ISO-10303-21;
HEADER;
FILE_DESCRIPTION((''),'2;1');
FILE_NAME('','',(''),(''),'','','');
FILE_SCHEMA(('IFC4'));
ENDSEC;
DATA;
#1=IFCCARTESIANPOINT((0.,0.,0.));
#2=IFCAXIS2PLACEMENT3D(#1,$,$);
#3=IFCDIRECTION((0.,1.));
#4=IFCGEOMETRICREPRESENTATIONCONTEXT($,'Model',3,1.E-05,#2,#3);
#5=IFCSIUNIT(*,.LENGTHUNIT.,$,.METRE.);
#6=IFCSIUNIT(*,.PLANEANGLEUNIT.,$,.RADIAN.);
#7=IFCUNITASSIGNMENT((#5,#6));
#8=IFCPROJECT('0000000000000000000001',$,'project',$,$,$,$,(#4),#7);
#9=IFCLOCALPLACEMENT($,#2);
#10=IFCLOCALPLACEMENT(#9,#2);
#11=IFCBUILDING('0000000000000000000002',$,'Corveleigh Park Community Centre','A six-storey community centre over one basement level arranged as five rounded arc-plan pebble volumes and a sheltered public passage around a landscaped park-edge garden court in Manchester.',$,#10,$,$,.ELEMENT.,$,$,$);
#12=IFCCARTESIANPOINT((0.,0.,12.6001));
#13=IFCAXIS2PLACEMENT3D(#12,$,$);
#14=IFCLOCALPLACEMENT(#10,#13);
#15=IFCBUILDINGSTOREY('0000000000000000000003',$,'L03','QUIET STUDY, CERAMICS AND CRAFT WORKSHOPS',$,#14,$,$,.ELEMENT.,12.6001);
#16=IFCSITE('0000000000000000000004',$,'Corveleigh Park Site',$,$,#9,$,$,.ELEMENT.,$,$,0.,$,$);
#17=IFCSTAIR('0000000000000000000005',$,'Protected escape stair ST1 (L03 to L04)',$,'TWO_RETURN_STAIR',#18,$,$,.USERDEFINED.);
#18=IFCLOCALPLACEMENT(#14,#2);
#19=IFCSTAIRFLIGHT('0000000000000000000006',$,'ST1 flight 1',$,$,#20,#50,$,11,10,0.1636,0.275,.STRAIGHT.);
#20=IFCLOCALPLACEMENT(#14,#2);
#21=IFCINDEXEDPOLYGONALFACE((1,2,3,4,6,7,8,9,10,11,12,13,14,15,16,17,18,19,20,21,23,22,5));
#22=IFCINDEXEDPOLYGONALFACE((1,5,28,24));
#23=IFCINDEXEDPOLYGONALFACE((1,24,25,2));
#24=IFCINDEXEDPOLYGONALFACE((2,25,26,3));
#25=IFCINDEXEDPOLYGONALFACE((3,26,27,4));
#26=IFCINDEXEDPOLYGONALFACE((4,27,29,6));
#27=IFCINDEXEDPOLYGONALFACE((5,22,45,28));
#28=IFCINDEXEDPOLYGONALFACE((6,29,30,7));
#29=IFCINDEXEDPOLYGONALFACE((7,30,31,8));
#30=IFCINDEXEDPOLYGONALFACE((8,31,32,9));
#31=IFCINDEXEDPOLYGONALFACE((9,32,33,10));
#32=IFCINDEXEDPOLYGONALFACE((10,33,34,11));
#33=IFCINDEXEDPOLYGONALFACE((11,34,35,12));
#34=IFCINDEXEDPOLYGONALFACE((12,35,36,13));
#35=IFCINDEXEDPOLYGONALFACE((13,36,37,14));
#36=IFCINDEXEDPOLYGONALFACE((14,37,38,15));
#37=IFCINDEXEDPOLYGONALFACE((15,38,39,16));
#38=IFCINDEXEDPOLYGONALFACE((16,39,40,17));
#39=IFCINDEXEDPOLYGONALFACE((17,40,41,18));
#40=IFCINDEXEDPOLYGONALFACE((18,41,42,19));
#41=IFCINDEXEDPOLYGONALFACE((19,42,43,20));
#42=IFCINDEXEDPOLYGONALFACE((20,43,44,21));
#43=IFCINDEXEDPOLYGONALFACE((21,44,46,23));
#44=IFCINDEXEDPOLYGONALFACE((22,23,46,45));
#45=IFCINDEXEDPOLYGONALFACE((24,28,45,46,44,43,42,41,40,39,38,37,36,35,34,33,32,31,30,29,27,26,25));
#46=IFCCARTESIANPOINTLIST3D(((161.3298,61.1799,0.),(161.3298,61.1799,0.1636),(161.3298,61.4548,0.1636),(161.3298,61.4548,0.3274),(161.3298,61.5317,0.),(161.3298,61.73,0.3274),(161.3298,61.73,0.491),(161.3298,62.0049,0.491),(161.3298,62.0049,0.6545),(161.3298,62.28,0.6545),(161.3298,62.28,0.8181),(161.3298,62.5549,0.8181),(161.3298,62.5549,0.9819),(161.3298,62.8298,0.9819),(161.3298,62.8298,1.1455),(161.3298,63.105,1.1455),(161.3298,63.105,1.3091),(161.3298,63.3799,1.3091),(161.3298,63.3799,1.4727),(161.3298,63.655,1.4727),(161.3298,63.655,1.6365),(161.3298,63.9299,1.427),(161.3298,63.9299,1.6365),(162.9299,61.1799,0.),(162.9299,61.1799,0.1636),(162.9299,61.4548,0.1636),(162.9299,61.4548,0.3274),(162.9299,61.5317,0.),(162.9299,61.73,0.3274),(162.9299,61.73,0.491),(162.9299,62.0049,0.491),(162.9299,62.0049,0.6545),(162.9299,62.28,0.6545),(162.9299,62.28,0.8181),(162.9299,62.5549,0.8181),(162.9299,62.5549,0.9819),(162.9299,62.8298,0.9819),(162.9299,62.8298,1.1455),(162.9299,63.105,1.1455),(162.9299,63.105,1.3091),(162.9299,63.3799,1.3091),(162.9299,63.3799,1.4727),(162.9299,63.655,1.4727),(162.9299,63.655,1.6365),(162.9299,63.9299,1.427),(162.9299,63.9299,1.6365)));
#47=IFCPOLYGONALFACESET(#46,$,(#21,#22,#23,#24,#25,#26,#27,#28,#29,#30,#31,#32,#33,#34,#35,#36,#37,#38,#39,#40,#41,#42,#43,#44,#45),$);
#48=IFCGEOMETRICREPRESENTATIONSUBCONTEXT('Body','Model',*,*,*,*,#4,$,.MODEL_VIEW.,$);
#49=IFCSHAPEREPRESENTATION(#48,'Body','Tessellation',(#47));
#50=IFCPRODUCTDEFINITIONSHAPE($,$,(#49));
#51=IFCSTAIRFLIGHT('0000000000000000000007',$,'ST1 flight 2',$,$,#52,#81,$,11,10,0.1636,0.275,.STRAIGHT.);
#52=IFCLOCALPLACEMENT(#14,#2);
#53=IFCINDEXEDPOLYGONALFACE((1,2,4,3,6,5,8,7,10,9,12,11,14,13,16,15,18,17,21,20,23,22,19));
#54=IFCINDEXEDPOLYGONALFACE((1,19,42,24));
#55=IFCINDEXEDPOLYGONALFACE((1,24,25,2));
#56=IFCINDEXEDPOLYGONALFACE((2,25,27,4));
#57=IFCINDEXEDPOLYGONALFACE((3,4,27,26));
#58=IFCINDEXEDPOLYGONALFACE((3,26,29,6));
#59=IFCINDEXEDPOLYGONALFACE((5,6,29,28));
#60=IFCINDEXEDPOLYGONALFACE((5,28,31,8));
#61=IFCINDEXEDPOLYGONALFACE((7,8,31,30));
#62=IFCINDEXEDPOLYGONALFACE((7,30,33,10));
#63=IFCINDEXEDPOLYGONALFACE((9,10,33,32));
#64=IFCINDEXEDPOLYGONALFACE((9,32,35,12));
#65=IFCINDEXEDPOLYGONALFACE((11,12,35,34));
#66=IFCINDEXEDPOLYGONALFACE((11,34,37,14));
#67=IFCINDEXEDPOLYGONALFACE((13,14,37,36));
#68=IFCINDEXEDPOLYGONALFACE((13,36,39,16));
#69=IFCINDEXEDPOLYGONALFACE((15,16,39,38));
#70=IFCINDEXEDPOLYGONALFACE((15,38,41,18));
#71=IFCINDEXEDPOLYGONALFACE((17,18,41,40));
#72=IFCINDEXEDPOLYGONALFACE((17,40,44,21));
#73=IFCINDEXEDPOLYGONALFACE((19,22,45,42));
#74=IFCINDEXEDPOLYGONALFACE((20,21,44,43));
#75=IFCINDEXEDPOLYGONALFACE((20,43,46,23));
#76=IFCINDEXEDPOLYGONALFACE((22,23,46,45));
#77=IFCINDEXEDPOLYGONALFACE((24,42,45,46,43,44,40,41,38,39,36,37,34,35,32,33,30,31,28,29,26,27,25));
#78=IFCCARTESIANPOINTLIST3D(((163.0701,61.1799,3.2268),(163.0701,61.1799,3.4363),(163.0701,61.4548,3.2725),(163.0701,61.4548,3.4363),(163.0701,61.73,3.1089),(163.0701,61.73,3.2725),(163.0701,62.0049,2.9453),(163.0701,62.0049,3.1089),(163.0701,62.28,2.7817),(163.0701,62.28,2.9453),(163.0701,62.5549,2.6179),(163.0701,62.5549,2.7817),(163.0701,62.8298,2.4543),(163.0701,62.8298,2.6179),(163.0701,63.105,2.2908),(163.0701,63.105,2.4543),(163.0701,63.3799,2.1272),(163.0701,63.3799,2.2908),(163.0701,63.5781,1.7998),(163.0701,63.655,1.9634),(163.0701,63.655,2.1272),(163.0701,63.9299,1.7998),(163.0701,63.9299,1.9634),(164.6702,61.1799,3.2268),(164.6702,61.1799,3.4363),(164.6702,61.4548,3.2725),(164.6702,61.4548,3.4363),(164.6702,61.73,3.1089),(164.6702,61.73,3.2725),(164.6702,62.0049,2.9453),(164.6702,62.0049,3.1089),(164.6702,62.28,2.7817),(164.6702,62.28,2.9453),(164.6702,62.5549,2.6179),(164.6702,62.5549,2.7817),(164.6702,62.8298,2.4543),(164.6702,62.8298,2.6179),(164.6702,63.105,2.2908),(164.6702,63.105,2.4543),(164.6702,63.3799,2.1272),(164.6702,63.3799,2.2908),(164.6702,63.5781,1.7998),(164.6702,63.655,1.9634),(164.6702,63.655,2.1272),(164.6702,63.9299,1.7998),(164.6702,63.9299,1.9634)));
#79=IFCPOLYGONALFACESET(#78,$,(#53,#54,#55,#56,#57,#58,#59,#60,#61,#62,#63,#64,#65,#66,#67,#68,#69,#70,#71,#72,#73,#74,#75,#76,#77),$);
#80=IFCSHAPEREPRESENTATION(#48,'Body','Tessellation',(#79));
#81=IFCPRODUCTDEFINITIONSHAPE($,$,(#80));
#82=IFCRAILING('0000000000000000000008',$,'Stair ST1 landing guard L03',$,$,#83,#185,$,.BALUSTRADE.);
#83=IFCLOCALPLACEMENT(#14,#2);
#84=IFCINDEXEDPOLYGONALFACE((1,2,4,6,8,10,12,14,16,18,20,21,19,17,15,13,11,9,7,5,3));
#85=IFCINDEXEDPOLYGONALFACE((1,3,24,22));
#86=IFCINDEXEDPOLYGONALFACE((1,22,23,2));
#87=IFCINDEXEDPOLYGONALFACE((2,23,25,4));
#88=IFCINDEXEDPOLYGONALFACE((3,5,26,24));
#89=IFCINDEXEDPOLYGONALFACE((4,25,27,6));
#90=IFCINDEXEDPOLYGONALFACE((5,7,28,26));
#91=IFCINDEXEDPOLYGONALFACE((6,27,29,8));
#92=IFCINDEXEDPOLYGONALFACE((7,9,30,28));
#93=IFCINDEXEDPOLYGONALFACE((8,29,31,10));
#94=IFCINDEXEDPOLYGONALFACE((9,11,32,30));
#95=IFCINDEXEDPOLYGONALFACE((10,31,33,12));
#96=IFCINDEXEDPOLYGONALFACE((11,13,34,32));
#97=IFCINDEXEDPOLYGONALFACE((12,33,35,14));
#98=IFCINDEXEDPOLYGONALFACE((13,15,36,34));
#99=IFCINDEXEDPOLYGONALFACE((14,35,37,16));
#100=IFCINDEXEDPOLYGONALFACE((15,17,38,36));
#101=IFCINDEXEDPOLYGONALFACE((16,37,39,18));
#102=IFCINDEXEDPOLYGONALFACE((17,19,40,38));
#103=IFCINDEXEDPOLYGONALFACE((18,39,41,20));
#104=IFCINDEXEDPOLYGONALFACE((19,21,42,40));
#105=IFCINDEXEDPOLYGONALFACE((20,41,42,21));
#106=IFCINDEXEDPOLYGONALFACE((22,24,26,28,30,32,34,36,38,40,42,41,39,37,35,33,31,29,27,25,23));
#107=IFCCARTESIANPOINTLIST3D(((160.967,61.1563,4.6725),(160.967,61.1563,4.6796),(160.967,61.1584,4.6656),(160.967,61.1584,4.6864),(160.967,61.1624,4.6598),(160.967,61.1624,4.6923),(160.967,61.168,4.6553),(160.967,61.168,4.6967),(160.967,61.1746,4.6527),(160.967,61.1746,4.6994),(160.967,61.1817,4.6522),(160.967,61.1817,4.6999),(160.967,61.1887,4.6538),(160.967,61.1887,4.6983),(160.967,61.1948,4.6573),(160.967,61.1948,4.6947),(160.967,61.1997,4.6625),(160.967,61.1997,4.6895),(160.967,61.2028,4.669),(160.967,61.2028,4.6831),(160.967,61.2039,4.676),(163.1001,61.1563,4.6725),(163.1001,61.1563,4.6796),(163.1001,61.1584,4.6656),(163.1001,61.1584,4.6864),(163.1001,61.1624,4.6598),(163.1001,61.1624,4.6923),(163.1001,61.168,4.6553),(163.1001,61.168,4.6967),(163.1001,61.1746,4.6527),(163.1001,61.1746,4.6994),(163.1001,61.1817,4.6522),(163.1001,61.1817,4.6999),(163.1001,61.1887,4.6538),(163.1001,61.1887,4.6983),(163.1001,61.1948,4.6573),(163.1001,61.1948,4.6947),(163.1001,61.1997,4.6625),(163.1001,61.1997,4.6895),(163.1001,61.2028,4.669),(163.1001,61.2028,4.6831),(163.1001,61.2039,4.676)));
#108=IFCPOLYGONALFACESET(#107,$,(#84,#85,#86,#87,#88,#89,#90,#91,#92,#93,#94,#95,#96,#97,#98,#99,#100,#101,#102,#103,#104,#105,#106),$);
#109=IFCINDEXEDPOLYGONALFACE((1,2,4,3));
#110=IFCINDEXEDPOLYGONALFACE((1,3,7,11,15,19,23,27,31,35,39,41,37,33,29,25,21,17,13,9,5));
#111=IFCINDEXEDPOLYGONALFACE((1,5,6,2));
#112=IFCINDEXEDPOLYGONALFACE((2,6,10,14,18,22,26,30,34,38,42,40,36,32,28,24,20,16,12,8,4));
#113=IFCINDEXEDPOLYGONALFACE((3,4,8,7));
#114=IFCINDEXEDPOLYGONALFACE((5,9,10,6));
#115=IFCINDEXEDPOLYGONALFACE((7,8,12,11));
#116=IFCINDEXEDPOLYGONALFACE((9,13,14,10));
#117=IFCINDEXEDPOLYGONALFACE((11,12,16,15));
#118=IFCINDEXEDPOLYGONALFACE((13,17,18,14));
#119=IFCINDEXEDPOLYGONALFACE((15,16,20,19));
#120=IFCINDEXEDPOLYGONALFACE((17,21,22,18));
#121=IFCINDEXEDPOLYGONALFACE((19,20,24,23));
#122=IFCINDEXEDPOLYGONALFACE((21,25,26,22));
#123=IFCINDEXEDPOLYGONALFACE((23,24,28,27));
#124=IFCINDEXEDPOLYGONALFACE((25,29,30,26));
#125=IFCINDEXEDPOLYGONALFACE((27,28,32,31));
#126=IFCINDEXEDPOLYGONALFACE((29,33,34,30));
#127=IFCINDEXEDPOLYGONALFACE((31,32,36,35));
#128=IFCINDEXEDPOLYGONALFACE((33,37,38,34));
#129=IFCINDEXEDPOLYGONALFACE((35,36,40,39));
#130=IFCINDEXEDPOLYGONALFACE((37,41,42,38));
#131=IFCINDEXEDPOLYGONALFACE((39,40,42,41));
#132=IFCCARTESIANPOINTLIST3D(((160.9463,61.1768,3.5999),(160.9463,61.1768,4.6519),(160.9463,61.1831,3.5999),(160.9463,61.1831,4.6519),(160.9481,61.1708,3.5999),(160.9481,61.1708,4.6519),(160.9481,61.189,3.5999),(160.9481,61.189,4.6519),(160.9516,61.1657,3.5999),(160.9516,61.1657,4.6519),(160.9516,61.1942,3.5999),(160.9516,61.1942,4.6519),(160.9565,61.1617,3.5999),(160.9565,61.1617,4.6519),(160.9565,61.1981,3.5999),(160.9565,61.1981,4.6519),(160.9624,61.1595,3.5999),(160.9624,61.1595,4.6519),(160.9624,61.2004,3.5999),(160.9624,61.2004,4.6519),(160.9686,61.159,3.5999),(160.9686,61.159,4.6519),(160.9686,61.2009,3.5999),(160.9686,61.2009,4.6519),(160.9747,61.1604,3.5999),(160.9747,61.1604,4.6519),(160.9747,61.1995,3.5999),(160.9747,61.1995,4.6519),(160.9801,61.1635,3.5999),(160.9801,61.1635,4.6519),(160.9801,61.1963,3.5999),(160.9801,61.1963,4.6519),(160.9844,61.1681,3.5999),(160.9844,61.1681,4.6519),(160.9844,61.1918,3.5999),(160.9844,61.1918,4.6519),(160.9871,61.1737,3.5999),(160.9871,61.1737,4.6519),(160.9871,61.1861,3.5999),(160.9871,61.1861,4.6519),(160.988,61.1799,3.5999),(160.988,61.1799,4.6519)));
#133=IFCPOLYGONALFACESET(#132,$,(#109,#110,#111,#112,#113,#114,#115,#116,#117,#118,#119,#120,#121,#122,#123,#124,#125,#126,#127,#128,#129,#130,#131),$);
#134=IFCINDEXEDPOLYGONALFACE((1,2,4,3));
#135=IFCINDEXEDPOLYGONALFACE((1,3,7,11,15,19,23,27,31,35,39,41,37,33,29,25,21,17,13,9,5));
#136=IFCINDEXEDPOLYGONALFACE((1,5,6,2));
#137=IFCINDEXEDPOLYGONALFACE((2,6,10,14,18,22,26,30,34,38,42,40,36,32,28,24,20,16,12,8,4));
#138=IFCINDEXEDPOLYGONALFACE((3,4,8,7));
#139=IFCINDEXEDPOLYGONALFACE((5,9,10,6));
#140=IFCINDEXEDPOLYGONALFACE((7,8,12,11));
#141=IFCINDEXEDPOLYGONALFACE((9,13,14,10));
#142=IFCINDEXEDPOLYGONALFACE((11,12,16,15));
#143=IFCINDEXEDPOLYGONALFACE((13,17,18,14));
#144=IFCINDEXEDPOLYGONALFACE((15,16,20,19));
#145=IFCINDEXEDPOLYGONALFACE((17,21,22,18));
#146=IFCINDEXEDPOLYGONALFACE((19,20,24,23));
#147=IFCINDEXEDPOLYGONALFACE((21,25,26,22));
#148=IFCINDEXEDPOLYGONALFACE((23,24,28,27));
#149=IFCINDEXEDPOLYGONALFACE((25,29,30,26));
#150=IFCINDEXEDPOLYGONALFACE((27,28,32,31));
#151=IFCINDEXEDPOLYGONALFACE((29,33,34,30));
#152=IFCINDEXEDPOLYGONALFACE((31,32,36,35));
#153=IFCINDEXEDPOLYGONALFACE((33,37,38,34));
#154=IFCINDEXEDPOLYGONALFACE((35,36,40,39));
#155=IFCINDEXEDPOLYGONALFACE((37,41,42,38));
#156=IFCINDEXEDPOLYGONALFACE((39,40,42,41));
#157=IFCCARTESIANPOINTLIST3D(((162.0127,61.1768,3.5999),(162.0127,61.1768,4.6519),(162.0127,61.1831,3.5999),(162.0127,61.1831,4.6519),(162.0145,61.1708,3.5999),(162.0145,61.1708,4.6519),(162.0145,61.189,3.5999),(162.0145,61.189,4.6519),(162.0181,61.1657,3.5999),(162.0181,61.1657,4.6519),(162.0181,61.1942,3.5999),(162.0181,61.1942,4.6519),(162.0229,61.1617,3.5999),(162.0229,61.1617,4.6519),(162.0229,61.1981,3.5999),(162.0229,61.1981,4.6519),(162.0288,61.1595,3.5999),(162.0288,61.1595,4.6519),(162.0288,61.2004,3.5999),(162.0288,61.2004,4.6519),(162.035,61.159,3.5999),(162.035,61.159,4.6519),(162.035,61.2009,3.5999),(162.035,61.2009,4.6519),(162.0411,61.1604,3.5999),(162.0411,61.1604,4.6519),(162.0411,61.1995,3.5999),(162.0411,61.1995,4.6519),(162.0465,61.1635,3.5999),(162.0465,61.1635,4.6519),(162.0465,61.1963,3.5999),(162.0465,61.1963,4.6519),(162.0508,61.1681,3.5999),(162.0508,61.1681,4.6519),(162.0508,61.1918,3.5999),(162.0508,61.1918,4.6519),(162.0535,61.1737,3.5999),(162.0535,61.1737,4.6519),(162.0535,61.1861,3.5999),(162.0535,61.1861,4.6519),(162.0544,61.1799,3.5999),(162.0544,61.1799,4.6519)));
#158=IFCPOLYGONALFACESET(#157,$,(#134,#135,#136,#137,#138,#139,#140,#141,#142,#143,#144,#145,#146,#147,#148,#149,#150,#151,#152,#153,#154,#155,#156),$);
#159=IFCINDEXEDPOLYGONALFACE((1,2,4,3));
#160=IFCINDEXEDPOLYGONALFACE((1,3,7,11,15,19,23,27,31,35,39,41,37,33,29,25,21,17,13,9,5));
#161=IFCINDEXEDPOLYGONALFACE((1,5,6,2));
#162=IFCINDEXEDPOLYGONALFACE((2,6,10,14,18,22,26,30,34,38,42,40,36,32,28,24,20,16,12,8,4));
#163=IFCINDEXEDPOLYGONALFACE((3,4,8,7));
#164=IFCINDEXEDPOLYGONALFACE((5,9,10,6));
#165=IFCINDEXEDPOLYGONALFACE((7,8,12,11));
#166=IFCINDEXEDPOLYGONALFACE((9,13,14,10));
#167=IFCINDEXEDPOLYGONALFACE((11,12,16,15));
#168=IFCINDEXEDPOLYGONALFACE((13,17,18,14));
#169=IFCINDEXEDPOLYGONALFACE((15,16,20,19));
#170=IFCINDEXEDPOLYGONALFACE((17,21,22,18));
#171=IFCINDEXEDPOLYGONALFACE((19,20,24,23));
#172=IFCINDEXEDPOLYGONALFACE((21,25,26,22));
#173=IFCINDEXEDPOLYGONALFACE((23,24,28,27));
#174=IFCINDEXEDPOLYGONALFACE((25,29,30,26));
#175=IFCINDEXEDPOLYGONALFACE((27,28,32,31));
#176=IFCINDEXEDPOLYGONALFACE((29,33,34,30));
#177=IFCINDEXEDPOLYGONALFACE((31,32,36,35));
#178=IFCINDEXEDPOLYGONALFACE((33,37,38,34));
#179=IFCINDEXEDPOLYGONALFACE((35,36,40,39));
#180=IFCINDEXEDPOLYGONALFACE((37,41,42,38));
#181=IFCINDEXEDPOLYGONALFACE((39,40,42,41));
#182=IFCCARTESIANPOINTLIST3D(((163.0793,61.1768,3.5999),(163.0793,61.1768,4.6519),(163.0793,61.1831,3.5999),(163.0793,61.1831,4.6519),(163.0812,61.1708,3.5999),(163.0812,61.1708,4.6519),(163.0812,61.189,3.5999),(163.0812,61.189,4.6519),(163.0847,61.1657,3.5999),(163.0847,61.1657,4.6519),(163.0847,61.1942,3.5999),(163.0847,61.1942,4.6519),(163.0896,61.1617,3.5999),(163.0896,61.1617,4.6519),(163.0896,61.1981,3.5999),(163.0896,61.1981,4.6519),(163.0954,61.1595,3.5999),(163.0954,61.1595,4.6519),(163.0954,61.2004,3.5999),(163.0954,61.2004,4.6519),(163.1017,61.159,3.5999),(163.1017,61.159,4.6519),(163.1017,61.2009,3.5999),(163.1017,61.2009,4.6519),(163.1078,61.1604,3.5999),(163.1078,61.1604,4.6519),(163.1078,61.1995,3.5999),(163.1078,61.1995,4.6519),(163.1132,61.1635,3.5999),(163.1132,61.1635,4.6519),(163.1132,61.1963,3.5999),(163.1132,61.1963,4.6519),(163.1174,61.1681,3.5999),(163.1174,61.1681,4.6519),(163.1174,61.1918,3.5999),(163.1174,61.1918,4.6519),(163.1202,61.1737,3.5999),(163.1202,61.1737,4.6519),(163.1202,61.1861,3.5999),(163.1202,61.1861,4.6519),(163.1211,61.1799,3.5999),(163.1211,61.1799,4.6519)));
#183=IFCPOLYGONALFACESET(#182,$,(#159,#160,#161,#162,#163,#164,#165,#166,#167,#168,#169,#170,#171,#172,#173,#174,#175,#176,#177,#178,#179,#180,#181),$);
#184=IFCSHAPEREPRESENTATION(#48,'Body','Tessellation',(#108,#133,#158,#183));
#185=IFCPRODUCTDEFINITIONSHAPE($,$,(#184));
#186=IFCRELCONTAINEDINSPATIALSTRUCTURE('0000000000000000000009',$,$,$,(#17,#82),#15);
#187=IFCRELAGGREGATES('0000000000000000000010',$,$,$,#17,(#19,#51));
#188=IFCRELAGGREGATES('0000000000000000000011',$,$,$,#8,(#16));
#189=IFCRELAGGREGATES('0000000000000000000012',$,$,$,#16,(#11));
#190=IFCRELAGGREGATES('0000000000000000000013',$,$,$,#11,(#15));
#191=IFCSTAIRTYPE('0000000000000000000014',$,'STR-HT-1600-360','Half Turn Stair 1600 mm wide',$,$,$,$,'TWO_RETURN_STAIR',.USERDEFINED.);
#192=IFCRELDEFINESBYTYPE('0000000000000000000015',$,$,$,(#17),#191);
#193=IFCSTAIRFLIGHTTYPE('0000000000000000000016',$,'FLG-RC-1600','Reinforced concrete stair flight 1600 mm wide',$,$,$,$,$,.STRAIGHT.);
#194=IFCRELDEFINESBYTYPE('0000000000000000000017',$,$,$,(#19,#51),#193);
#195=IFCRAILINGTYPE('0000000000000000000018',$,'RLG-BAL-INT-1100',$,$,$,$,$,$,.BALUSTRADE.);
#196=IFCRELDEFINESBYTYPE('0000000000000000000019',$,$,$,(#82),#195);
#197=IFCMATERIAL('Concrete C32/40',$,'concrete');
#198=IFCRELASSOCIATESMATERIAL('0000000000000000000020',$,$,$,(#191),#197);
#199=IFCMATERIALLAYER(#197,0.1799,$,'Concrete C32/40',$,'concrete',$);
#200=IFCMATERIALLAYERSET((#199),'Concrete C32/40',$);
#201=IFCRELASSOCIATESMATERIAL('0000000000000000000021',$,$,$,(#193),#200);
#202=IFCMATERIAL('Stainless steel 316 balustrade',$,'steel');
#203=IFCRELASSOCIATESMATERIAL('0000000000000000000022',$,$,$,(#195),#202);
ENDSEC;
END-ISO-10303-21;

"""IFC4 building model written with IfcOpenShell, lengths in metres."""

from ifc_helpers import new_model, si_unit, direction, frame, origin, origin_2d, place, context, subcontext, project, spatial, polyline, circle, outline, extrude, material, layer, layer_set, type_object, element, aggregate, save


model = new_model("IFC4")

# Units and contexts
model_context = context("Model", 3, precision=1e-05, world=origin(), true_north=direction((0.0, 1.0)))
body_context = subcontext(model_context, "Body", "Model", "MODEL_VIEW")
ifc_project = project(units=[si_unit("LENGTHUNIT", "METRE"), si_unit("PLANEANGLEUNIT", "RADIAN")], contexts=[model_context])

# Site, building, storey
site_placement = place(None, origin())
site = spatial("IfcSite", under=ifc_project, at=site_placement, Name="Corveleigh Park Site", CompositionType="ELEMENT", RefElevation=0.0)
building_placement = place(site_placement, origin())
building = spatial("IfcBuilding", under=site, at=building_placement, Name="Corveleigh Park Community Centre", Description="A six-storey community centre over one basement level arranged as five rounded arc-plan pebble volumes and a sheltered public passage around a landscaped park-edge garden court in Manchester.", CompositionType="ELEMENT")
storey_placement = place(building_placement, frame((0.0, 0.0, 12.6001)))
storey = spatial("IfcBuildingStorey", under=building, at=storey_placement, Name="L03", Description="QUIET STUDY, CERAMICS AND CRAFT WORKSHOPS", CompositionType="ELEMENT", Elevation=12.6001)

# Stair, stair flights
ifc_material_1 = material(Name="Concrete C32/40", Category="concrete")
stair_type = type_object("IfcStairType", Name="STR-HT-1600-360", Description="Half Turn Stair 1600 mm wide", ElementType="TWO_RETURN_STAIR", PredefinedType="USERDEFINED", material=ifc_material_1)
stair_placement = place(storey_placement, origin())
stair = element("IfcStair", 1, at=stair_placement, inside=storey, type_object=stair_type, Name="Protected escape stair ST1 (L03 to L04)", ObjectType="TWO_RETURN_STAIR", PredefinedType="USERDEFINED")
ifc_layer_1 = layer(ifc_material_1, 0.1799, Name="Concrete C32/40", Category="concrete")
ifc_layer_set_1 = layer_set([ifc_layer_1], Name="Concrete C32/40")
stair_flight_type = type_object("IfcStairFlightType", Name="FLG-RC-1600", Description="Reinforced concrete stair flight 1600 mm wide", PredefinedType="STRAIGHT", material=ifc_layer_set_1)
stair_flight_1_placement = place(storey_placement, frame((162.1299, 61.1799, 0.0), z_axis=(0.0, 0.0, 1.0), x_axis=(0.0, 1.0, 0.0)))
stair_flight_1 = element("IfcStairFlight", 2, at=stair_flight_1_placement, type_object=stair_flight_type, Name="ST1 flight 1", NumberOfRisers=11, NumberOfTreads=10, PredefinedType="STRAIGHT", RiserHeight=0.1636, TreadLength=0.275, context=body_context, shape_type="SweptSolid", body=[
    extrude(outline(polyline([(0.0, 0.0), (0.0, 0.1636), (0.2749, 0.1636), (0.2749, 0.3274), (0.55, 0.3274), (0.55, 0.491), (0.825, 0.491), (0.825, 0.6545), (1.1001, 0.6545), (1.1001, 0.8181), (1.375, 0.8181), (1.375, 0.9819), (1.6499, 0.9819), (1.6499, 1.1455), (1.925, 1.1455), (1.925, 1.3091), (2.2, 1.3091), (2.2, 1.4727), (2.4751, 1.4727), (2.4751, 1.6365), (2.75, 1.6365), (2.75, 1.8), (2.75, 1.427), (0.3518, 0.0), (0.0, 0.0)])), frame((0.0, 0.8, 0.0), z_axis=(0.0, -1.0, 0.0), x_axis=(1.0, 0.0, 0.0)), (0.0, 0.0, 1.0), 1.6001),
])
stair_flight_2_placement = place(storey_placement, frame((163.8701, 63.9299, 1.7998), z_axis=(0.0, 0.0, 1.0), x_axis=(0.0, -1.0, 0.0)))
stair_flight_2 = element("IfcStairFlight", 3, at=stair_flight_2_placement, type_object=stair_flight_type, Name="ST1 flight 2", NumberOfRisers=11, NumberOfTreads=10, PredefinedType="STRAIGHT", RiserHeight=0.1636, TreadLength=0.275, context=body_context, shape_type="SweptSolid", body=[
    extrude(outline(polyline([(0.0, 0.0), (0.0, 0.1636), (0.2749, 0.1636), (0.2749, 0.3274), (0.55, 0.3274), (0.55, 0.491), (0.825, 0.491), (0.825, 0.6545), (1.1001, 0.6545), (1.1001, 0.8181), (1.375, 0.8181), (1.375, 0.9819), (1.6499, 0.9819), (1.6499, 1.1455), (1.925, 1.1455), (1.925, 1.3091), (2.2, 1.3091), (2.2, 1.4727), (2.4751, 1.4727), (2.4751, 1.6365), (2.75, 1.6365), (2.75, 1.8), (2.75, 1.427), (0.3518, 0.0), (0.0, 0.0)])), frame((0.0, 0.8, 0.0), z_axis=(0.0, -1.0, 0.0), x_axis=(1.0, 0.0, 0.0)), (0.0, 0.0, 1.0), 1.6001),
])
aggregate(stair, [stair_flight_1, stair_flight_2])

# Railing
ifc_material_2 = material(Name="Stainless steel 316 balustrade", Category="steel")
railing_type = type_object("IfcRailingType", Name="RLG-BAL-INT-1100", PredefinedType="BALUSTRADE", material=ifc_material_2)
railing_1_placement = place(storey_placement, frame((160.967, 61.1799, 3.5999)))
element("IfcRailing", 4, at=railing_1_placement, inside=storey, type_object=railing_type, Name="Stair ST1 landing guard L03", PredefinedType="BALUSTRADE", context=body_context, shape_type="SweptSolid", body=[
    extrude(circle(Radius=0.0239, at=origin_2d()), frame((0.0, 0.0, 1.0762), z_axis=(1.0, 0.0, 0.0), x_axis=(0.0, 1.0, 0.0)), (0.0, 0.0, 1.0), 2.1331),
    extrude(circle(Radius=0.021, at=origin_2d()), origin(), (0.0, 0.0, 1.0), 1.052),
    extrude(circle(Radius=0.021, at=origin_2d()), frame((1.0664, 0.0, 0.0)), (0.0, 0.0, 1.0), 1.052),
    extrude(circle(Radius=0.021, at=origin_2d()), frame((2.1331, 0.0, 0.0)), (0.0, 0.0, 1.0), 1.052),
])

save(model, "model.ifc")
